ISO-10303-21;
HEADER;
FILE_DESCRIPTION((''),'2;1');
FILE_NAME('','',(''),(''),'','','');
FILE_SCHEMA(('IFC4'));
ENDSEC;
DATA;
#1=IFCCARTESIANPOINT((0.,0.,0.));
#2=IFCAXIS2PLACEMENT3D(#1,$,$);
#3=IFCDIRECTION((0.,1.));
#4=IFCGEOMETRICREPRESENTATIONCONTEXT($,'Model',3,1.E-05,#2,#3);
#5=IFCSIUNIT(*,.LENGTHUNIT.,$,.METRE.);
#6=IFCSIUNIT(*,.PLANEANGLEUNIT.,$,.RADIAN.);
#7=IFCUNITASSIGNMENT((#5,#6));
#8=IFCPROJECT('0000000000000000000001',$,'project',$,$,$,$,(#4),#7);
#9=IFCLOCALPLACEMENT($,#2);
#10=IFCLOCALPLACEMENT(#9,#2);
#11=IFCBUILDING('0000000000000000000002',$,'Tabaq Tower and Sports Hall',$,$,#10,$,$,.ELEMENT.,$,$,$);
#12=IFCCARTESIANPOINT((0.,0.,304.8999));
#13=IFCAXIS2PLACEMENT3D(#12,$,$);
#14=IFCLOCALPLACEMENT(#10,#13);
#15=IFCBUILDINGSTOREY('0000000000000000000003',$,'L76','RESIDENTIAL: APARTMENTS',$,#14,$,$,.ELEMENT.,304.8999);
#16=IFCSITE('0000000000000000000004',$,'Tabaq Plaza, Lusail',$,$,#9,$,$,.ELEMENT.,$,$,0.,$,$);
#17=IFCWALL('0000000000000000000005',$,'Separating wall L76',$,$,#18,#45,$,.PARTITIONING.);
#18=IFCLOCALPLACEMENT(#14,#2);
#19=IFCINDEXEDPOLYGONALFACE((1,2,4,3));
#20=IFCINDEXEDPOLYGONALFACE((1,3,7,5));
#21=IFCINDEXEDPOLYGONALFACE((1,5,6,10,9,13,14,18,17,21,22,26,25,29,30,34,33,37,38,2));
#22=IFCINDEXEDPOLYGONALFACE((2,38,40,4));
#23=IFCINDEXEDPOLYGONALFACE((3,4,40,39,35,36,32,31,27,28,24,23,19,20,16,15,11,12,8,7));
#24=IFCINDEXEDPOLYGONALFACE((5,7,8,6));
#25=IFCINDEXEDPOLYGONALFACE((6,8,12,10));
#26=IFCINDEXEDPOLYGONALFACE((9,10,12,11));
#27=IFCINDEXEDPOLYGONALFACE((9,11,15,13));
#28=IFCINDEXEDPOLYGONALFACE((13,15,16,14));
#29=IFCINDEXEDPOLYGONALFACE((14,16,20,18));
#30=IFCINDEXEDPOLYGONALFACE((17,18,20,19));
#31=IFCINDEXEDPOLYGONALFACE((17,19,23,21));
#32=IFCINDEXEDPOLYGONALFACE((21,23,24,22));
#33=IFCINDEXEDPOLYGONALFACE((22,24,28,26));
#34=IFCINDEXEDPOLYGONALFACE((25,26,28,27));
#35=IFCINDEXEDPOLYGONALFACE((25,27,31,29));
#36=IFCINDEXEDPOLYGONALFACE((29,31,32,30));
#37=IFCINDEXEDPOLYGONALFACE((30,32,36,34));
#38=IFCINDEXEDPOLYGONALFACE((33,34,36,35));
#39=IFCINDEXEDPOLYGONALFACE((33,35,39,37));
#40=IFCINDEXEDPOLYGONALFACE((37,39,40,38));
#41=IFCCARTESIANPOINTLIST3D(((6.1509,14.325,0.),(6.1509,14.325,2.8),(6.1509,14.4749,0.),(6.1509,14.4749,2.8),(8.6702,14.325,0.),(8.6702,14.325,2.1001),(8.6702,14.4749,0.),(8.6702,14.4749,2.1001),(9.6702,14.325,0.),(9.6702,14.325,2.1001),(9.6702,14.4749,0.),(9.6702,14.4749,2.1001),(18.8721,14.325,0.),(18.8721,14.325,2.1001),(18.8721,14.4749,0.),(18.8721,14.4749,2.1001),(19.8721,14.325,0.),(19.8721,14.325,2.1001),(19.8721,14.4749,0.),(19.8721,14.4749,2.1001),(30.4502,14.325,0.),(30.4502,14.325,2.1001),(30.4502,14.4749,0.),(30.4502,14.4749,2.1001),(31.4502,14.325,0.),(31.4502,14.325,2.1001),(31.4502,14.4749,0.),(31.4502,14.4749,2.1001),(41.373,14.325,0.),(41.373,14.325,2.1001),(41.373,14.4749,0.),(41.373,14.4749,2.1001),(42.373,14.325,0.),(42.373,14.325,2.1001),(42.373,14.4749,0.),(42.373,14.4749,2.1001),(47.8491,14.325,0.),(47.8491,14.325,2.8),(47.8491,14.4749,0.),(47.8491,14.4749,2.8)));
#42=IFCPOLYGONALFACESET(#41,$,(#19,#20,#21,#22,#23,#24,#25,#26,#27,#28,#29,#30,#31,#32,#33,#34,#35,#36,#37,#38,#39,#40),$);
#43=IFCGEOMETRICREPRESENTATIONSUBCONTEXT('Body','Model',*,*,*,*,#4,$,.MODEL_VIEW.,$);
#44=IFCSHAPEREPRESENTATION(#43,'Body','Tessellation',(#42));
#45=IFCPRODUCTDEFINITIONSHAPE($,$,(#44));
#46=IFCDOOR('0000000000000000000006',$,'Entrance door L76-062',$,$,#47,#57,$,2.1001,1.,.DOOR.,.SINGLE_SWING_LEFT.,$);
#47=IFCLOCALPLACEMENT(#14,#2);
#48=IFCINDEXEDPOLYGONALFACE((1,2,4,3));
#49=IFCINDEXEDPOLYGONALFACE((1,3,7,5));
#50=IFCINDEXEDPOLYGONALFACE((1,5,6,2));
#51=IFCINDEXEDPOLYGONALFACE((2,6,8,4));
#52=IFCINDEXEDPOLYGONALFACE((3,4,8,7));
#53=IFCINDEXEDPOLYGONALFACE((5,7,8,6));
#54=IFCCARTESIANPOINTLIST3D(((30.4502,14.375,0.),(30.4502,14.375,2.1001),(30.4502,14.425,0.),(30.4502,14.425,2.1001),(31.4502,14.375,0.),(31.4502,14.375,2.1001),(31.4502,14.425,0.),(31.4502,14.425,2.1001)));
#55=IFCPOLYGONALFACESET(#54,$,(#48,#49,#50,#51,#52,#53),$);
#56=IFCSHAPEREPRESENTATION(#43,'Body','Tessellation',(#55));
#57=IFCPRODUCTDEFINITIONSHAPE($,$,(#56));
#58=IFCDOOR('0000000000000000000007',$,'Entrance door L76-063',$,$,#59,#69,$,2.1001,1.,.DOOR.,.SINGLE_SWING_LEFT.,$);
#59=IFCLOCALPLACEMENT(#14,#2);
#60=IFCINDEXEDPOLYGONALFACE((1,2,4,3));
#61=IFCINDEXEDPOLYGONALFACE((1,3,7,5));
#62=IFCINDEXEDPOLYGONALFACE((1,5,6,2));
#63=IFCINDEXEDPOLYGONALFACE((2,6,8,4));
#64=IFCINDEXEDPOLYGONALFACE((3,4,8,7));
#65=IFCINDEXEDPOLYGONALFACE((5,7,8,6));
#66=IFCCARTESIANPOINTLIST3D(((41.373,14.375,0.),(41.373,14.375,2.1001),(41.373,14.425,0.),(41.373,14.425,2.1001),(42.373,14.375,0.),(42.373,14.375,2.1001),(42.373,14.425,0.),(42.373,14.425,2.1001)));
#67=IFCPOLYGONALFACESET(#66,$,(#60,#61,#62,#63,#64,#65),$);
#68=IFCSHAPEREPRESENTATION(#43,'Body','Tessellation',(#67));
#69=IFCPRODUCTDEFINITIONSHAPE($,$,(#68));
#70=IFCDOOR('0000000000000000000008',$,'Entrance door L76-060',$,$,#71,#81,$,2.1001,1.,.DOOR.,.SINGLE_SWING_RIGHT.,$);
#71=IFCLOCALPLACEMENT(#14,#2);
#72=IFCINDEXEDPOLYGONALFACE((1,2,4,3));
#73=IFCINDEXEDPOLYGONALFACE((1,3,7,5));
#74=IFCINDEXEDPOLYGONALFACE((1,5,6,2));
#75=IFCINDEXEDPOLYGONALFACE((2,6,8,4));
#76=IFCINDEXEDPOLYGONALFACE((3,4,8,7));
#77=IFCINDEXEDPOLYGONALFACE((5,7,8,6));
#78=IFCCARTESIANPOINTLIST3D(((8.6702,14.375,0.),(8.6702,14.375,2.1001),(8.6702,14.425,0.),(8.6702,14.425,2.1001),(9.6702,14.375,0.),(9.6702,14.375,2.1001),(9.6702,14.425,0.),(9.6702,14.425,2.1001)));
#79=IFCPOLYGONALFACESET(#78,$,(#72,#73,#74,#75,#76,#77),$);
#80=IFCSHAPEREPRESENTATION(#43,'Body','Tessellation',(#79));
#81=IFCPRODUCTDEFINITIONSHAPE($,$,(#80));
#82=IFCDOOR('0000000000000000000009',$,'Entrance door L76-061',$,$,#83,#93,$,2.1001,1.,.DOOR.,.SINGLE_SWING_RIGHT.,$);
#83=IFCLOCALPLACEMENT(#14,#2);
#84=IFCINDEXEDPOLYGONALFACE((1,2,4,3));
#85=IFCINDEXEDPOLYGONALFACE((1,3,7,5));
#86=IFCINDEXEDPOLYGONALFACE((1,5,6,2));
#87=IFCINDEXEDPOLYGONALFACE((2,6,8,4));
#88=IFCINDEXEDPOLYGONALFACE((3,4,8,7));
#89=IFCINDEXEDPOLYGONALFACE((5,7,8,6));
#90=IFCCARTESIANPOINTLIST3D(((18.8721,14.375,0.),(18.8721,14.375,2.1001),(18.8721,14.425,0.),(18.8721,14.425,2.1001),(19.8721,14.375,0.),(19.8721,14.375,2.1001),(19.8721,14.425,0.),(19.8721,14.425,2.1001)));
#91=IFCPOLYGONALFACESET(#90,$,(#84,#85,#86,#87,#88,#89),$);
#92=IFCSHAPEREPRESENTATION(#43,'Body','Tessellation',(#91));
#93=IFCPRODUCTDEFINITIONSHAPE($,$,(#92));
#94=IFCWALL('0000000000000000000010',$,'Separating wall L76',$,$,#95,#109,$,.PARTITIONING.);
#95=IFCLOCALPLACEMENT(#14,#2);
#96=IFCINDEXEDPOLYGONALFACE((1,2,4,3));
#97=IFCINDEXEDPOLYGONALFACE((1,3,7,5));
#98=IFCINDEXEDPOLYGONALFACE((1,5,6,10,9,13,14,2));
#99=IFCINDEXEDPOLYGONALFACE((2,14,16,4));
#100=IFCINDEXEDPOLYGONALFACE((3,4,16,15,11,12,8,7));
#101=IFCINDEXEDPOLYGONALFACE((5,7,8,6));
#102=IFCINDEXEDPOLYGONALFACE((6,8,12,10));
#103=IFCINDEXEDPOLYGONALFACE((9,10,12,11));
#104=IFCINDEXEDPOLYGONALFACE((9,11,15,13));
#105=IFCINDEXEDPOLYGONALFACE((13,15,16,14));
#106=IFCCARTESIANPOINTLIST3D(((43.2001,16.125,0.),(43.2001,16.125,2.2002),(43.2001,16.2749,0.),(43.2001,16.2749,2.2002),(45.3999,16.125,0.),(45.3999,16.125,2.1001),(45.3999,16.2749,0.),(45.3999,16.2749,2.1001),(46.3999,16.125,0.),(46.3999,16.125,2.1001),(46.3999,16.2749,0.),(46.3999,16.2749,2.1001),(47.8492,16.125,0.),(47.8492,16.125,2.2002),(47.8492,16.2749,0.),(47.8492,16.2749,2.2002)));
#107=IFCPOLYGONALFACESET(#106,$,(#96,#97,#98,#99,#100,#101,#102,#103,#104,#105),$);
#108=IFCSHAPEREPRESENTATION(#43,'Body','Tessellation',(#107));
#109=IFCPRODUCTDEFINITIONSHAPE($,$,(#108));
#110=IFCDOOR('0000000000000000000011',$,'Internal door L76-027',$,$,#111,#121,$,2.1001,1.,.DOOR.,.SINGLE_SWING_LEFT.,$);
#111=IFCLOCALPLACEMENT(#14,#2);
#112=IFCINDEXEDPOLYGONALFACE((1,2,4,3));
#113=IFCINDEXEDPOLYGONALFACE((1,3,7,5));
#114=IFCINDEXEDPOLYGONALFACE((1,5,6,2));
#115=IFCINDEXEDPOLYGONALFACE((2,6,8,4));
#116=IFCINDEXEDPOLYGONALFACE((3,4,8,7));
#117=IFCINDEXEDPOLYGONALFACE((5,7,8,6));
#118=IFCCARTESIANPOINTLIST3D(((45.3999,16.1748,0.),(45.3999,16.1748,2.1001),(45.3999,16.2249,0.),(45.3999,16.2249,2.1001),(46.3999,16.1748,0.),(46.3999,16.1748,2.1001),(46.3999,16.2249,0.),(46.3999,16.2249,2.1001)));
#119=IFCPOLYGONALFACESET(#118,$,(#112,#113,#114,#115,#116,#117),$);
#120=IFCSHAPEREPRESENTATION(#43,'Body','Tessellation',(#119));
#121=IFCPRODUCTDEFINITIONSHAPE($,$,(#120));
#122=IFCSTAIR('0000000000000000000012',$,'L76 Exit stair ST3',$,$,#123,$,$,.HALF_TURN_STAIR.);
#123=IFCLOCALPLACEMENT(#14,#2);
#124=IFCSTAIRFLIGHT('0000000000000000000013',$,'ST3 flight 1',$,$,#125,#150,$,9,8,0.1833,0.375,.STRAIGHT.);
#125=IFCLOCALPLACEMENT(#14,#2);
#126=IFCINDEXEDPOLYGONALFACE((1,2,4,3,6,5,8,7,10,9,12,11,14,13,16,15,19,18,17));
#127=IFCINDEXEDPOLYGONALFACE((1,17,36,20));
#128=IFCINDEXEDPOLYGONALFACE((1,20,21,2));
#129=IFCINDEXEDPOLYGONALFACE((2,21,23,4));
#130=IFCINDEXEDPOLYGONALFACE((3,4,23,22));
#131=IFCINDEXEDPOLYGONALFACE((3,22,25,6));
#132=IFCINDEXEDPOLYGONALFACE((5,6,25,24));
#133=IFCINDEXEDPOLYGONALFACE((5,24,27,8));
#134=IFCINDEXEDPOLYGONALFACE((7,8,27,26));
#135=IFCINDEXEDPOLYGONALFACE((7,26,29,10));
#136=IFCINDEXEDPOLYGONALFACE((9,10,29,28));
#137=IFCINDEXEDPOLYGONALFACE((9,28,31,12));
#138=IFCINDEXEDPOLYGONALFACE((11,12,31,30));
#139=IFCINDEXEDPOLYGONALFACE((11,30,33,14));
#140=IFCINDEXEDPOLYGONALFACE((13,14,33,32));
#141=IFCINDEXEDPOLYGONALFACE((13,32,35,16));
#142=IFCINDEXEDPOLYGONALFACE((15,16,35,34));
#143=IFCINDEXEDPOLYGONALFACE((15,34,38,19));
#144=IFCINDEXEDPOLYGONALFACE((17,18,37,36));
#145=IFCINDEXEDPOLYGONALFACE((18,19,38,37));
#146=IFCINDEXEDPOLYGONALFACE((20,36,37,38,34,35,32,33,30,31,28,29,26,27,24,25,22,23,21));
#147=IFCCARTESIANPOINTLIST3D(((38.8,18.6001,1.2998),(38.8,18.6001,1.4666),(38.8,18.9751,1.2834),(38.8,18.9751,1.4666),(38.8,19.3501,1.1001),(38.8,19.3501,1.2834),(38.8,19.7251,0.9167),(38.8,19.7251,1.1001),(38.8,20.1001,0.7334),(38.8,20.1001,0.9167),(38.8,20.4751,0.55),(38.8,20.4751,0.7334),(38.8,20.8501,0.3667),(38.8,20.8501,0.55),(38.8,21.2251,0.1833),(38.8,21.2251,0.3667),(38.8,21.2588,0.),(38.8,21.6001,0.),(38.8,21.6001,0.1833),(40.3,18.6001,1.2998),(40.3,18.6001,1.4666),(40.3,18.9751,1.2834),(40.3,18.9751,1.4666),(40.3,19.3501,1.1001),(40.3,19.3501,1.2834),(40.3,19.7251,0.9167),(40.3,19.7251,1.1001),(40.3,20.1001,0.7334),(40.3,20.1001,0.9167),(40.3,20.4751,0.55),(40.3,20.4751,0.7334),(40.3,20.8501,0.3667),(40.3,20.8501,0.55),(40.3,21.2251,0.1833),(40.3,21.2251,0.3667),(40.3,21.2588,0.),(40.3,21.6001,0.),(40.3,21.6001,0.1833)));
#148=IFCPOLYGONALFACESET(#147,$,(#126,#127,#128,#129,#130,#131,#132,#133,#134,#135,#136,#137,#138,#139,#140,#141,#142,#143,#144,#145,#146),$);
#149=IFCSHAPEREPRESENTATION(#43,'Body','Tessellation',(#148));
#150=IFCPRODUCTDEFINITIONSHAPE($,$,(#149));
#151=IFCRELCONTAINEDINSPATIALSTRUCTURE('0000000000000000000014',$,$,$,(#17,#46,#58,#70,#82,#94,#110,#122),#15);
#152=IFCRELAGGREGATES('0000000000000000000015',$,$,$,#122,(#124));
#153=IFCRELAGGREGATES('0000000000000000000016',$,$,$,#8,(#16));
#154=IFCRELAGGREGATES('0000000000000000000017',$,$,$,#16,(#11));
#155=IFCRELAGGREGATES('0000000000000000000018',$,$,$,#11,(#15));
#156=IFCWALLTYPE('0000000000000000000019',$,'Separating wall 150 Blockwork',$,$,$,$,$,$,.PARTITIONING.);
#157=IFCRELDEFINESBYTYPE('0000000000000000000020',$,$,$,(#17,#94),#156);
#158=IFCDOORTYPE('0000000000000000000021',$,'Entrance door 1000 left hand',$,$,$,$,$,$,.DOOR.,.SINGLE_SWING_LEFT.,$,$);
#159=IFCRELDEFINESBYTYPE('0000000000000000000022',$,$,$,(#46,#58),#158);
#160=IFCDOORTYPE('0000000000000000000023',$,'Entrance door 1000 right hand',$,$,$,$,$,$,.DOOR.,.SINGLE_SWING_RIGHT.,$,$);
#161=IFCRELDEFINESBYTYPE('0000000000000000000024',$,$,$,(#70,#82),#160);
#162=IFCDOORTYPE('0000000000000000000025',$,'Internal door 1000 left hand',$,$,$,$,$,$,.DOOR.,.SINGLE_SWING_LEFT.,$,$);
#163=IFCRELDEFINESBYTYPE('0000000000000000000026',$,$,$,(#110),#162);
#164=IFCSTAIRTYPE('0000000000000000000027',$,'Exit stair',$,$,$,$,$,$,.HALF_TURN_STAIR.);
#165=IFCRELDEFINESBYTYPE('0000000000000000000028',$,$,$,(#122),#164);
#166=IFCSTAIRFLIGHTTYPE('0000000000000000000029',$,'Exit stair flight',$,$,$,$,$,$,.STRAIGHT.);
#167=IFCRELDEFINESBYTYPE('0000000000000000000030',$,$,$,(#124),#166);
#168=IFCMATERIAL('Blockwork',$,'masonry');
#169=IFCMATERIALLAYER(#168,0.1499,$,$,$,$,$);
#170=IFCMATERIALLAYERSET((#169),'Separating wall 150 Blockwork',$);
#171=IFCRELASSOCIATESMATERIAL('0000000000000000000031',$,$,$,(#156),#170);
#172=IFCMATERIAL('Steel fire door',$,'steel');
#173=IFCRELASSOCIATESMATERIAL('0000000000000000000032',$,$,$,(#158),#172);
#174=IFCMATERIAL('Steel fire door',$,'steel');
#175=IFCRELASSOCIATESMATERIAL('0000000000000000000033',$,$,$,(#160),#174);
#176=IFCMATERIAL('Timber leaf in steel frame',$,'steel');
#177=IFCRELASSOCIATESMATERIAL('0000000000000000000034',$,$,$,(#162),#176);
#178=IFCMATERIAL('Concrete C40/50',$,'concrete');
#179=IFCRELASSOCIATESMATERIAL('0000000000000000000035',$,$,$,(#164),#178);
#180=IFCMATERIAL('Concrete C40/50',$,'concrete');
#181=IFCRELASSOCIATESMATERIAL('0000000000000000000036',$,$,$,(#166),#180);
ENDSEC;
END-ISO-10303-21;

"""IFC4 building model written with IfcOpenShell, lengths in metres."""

from ifc_helpers import new_model, si_unit, direction, frame, frame_2d, origin, place, context, subcontext, project, spatial, polyline, rectangle, outline, extrude, material, layer, layer_set, type_object, element, fill, aggregate, save


model = new_model("IFC4")

# Units and contexts
model_context = context("Model", 3, precision=1e-05, world=origin(), true_north=direction((0.0, 1.0)))
body_context = subcontext(model_context, "Body", "Model", "MODEL_VIEW")
ifc_project = project(units=[si_unit("LENGTHUNIT", "METRE"), si_unit("PLANEANGLEUNIT", "RADIAN")], contexts=[model_context])

# Site, building, storey
site_placement = place(None, origin())
site = spatial("IfcSite", under=ifc_project, at=site_placement, Name="Tabaq Plaza, Lusail", CompositionType="ELEMENT", RefElevation=0.0)
building_placement = place(site_placement, origin())
building = spatial("IfcBuilding", under=site, at=building_placement, Name="Tabaq Tower and Sports Hall", CompositionType="ELEMENT")
storey_placement = place(building_placement, frame((0.0, 0.0, 304.8999)))
storey = spatial("IfcBuildingStorey", under=building, at=storey_placement, Name="L76", Description="RESIDENTIAL: APARTMENTS", CompositionType="ELEMENT", Elevation=304.8999)

# Wall, openings, doors
ifc_material_1 = material(Name="Blockwork", Category="masonry")
ifc_layer_1 = layer(ifc_material_1, 0.1499)
ifc_layer_set_1 = layer_set([ifc_layer_1], Name="Separating wall 150 Blockwork")
wall_type_1 = type_object("IfcWallType", Name="Separating wall 150 Blockwork", PredefinedType="PARTITIONING", material=ifc_layer_set_1)
wall_1_placement = place(storey_placement, frame((47.8491, 14.3999, 0.0), z_axis=(0.0, 0.0, 1.0), x_axis=(-1.0, 0.0, 0.0)))
wall_1 = element("IfcWall", 1, at=wall_1_placement, inside=storey, type_object=wall_type_1, Name="Separating wall L76", PredefinedType="PARTITIONING", context=body_context, shape_type="SweptSolid", body=[
    extrude(rectangle(XDim=41.6982, YDim=0.1499, at=frame_2d((20.8491, 0.0))), origin(), (0.0, 0.0, 1.0), 2.8),
])
opening_1_placement = place(wall_1_placement, frame((38.179, 0.0, 0.0)))
opening_1 = element("IfcOpeningElement", 2, at=opening_1_placement, cuts=wall_1, PredefinedType="OPENING", context=body_context, shape_type="SweptSolid", body=[
    extrude(rectangle(XDim=1.0, YDim=2.1001, at=frame_2d((0.5, 1.05))), frame((0.0, 0.075, 0.0), z_axis=(0.0, -1.0, 0.0), x_axis=(1.0, 0.0, 0.0)), (0.0, 0.0, 1.0), 0.1499),
])
opening_2_placement = place(wall_1_placement, frame((27.9771, 0.0, 0.0)))
opening_2 = element("IfcOpeningElement", 3, at=opening_2_placement, cuts=wall_1, PredefinedType="OPENING", context=body_context, shape_type="SweptSolid", body=[
    extrude(rectangle(XDim=1.0, YDim=2.1001, at=frame_2d((0.5, 1.05))), frame((0.0, 0.075, 0.0), z_axis=(0.0, -1.0, 0.0), x_axis=(1.0, 0.0, 0.0)), (0.0, 0.0, 1.0), 0.1499),
])
opening_3_placement = place(wall_1_placement, frame((16.3989, 0.0, 0.0)))
opening_3 = element("IfcOpeningElement", 4, at=opening_3_placement, cuts=wall_1, PredefinedType="OPENING", context=body_context, shape_type="SweptSolid", body=[
    extrude(rectangle(XDim=1.0, YDim=2.1001, at=frame_2d((0.5, 1.05))), frame((0.0, 0.075, 0.0), z_axis=(0.0, -1.0, 0.0), x_axis=(1.0, 0.0, 0.0)), (0.0, 0.0, 1.0), 0.1499),
])
opening_4_placement = place(wall_1_placement, frame((5.4761, 0.0, 0.0)))
opening_4 = element("IfcOpeningElement", 5, at=opening_4_placement, cuts=wall_1, PredefinedType="OPENING", context=body_context, shape_type="SweptSolid", body=[
    extrude(rectangle(XDim=1.0, YDim=2.1001, at=frame_2d((0.5, 1.05))), frame((0.0, 0.075, 0.0), z_axis=(0.0, -1.0, 0.0), x_axis=(1.0, 0.0, 0.0)), (0.0, 0.0, 1.0), 0.1499),
])
ifc_material_2 = material(Name="Steel fire door", Category="steel")
door_type_1 = type_object("IfcDoorType", Name="Entrance door 1000 left hand", OperationType="SINGLE_SWING_LEFT", PredefinedType="DOOR", material=ifc_material_2)
door_1_placement = place(opening_3_placement, origin())
door_1 = element("IfcDoor", 6, at=door_1_placement, inside=storey, type_object=door_type_1, Name="Entrance door L76-062", OperationType="SINGLE_SWING_LEFT", OverallHeight=2.1001, OverallWidth=1.0, PredefinedType="DOOR", context=body_context, shape_type="SweptSolid", body=[
    extrude(rectangle(XDim=1.0, YDim=2.1001, at=frame_2d((0.5, 1.05))), frame((0.0, 0.0249, 0.0), z_axis=(0.0, -1.0, 0.0), x_axis=(1.0, 0.0, 0.0)), (0.0, 0.0, 1.0), 0.05),
])
fill(opening_3, door_1)
door_2_placement = place(opening_4_placement, origin())
door_2 = element("IfcDoor", 7, at=door_2_placement, inside=storey, type_object=door_type_1, Name="Entrance door L76-063", OperationType="SINGLE_SWING_LEFT", OverallHeight=2.1001, OverallWidth=1.0, PredefinedType="DOOR", context=body_context, shape_type="SweptSolid", body=[
    extrude(rectangle(XDim=1.0, YDim=2.1001, at=frame_2d((0.5, 1.05))), frame((0.0, 0.0249, 0.0), z_axis=(0.0, -1.0, 0.0), x_axis=(1.0, 0.0, 0.0)), (0.0, 0.0, 1.0), 0.05),
])
fill(opening_4, door_2)
ifc_material_3 = material(Name="Steel fire door", Category="steel")
door_type_2 = type_object("IfcDoorType", Name="Entrance door 1000 right hand", OperationType="SINGLE_SWING_RIGHT", PredefinedType="DOOR", material=ifc_material_3)
door_3_placement = place(opening_1_placement, origin())
door_3 = element("IfcDoor", 8, at=door_3_placement, inside=storey, type_object=door_type_2, Name="Entrance door L76-060", OperationType="SINGLE_SWING_RIGHT", OverallHeight=2.1001, OverallWidth=1.0, PredefinedType="DOOR", context=body_context, shape_type="SweptSolid", body=[
    extrude(rectangle(XDim=1.0, YDim=2.1001, at=frame_2d((0.5, 1.05))), frame((0.0, 0.0249, 0.0), z_axis=(0.0, -1.0, 0.0), x_axis=(1.0, 0.0, 0.0)), (0.0, 0.0, 1.0), 0.05),
])
fill(opening_1, door_3)
door_4_placement = place(opening_2_placement, origin())
door_4 = element("IfcDoor", 9, at=door_4_placement, inside=storey, type_object=door_type_2, Name="Entrance door L76-061", OperationType="SINGLE_SWING_RIGHT", OverallHeight=2.1001, OverallWidth=1.0, PredefinedType="DOOR", context=body_context, shape_type="SweptSolid", body=[
    extrude(rectangle(XDim=1.0, YDim=2.1001, at=frame_2d((0.5, 1.05))), frame((0.0, 0.0249, 0.0), z_axis=(0.0, -1.0, 0.0), x_axis=(1.0, 0.0, 0.0)), (0.0, 0.0, 1.0), 0.05),
])
fill(opening_2, door_4)

# Wall, opening, door
wall_2_placement = place(storey_placement, frame((43.2, 16.2, 0.0), z_axis=(0.0, 0.0, 1.0), x_axis=(1.0, 0.0, 0.0)))
wall_2 = element("IfcWall", 10, at=wall_2_placement, inside=storey, type_object=wall_type_1, Name="Separating wall L76", PredefinedType="PARTITIONING", context=body_context, shape_type="SweptSolid", body=[
    extrude(rectangle(XDim=4.6492, YDim=0.1499, at=frame_2d((2.3247, 0.0))), origin(), (0.0, 0.0, 1.0), 2.2002),
])
opening_5_placement = place(wall_2_placement, frame((2.2, 0.0, 0.0)))
opening_5 = element("IfcOpeningElement", 11, at=opening_5_placement, cuts=wall_2, PredefinedType="OPENING", context=body_context, shape_type="SweptSolid", body=[
    extrude(rectangle(XDim=1.0, YDim=2.1001, at=frame_2d((0.5, 1.05))), frame((0.0, 0.075, 0.0), z_axis=(0.0, -1.0, 0.0), x_axis=(1.0, 0.0, 0.0)), (0.0, 0.0, 1.0), 0.1499),
])
ifc_material_4 = material(Name="Timber leaf in steel frame", Category="steel")
door_type_3 = type_object("IfcDoorType", Name="Internal door 1000 left hand", OperationType="SINGLE_SWING_LEFT", PredefinedType="DOOR", material=ifc_material_4)
door_5_placement = place(opening_5_placement, origin())
door_5 = element("IfcDoor", 12, at=door_5_placement, inside=storey, type_object=door_type_3, Name="Internal door L76-027", OperationType="SINGLE_SWING_LEFT", OverallHeight=2.1001, OverallWidth=1.0, PredefinedType="DOOR", context=body_context, shape_type="SweptSolid", body=[
    extrude(rectangle(XDim=1.0, YDim=2.1001, at=frame_2d((0.5, 1.05))), frame((0.0, 0.0249, 0.0), z_axis=(0.0, -1.0, 0.0), x_axis=(1.0, 0.0, 0.0)), (0.0, 0.0, 1.0), 0.05),
])
fill(opening_5, door_5)

# Stair, stair flight
ifc_material_5 = material(Name="Concrete C40/50", Category="concrete")
stair_type = type_object("IfcStairType", Name="Exit stair", PredefinedType="HALF_TURN_STAIR", material=ifc_material_5)
stair_placement = place(storey_placement, origin())
stair = element("IfcStair", 13, at=stair_placement, inside=storey, type_object=stair_type, Name="L76 Exit stair ST3", PredefinedType="HALF_TURN_STAIR")
ifc_material_6 = material(Name="Concrete C40/50", Category="concrete")
stair_flight_type = type_object("IfcStairFlightType", Name="Exit stair flight", PredefinedType="STRAIGHT", material=ifc_material_6)
stair_flight_1_placement = place(storey_placement, frame((39.55, 21.6001, 0.0), z_axis=(0.0, 0.0, 1.0), x_axis=(0.0, -1.0, 0.0)))
stair_flight_1 = element("IfcStairFlight", 14, at=stair_flight_1_placement, type_object=stair_flight_type, Name="ST3 flight 1", NumberOfRisers=9, NumberOfTreads=8, PredefinedType="STRAIGHT", RiserHeight=0.1833, TreadLength=0.375, context=body_context, shape_type="SweptSolid", body=[
    extrude(outline(polyline([(0.0, 0.0), (0.0, 0.1833), (0.375, 0.1833), (0.375, 0.3667), (0.75, 0.3667), (0.75, 0.55), (1.125, 0.55), (1.125, 0.7334), (1.5, 0.7334), (1.5, 0.9167), (1.875, 0.9167), (1.875, 1.1001), (2.25, 1.1001), (2.25, 1.2834), (2.625, 1.2834), (2.625, 1.4666), (3.0, 1.4666), (3.0, 1.6499), (3.0, 1.2998), (0.3413, 0.0), (0.0, 0.0)])), frame((0.0, 0.75, 0.0), z_axis=(0.0, -1.0, 0.0), x_axis=(1.0, 0.0, 0.0)), (0.0, 0.0, 1.0), 1.5),
])
aggregate(stair, [stair_flight_1])

save(model, "model.ifc")
